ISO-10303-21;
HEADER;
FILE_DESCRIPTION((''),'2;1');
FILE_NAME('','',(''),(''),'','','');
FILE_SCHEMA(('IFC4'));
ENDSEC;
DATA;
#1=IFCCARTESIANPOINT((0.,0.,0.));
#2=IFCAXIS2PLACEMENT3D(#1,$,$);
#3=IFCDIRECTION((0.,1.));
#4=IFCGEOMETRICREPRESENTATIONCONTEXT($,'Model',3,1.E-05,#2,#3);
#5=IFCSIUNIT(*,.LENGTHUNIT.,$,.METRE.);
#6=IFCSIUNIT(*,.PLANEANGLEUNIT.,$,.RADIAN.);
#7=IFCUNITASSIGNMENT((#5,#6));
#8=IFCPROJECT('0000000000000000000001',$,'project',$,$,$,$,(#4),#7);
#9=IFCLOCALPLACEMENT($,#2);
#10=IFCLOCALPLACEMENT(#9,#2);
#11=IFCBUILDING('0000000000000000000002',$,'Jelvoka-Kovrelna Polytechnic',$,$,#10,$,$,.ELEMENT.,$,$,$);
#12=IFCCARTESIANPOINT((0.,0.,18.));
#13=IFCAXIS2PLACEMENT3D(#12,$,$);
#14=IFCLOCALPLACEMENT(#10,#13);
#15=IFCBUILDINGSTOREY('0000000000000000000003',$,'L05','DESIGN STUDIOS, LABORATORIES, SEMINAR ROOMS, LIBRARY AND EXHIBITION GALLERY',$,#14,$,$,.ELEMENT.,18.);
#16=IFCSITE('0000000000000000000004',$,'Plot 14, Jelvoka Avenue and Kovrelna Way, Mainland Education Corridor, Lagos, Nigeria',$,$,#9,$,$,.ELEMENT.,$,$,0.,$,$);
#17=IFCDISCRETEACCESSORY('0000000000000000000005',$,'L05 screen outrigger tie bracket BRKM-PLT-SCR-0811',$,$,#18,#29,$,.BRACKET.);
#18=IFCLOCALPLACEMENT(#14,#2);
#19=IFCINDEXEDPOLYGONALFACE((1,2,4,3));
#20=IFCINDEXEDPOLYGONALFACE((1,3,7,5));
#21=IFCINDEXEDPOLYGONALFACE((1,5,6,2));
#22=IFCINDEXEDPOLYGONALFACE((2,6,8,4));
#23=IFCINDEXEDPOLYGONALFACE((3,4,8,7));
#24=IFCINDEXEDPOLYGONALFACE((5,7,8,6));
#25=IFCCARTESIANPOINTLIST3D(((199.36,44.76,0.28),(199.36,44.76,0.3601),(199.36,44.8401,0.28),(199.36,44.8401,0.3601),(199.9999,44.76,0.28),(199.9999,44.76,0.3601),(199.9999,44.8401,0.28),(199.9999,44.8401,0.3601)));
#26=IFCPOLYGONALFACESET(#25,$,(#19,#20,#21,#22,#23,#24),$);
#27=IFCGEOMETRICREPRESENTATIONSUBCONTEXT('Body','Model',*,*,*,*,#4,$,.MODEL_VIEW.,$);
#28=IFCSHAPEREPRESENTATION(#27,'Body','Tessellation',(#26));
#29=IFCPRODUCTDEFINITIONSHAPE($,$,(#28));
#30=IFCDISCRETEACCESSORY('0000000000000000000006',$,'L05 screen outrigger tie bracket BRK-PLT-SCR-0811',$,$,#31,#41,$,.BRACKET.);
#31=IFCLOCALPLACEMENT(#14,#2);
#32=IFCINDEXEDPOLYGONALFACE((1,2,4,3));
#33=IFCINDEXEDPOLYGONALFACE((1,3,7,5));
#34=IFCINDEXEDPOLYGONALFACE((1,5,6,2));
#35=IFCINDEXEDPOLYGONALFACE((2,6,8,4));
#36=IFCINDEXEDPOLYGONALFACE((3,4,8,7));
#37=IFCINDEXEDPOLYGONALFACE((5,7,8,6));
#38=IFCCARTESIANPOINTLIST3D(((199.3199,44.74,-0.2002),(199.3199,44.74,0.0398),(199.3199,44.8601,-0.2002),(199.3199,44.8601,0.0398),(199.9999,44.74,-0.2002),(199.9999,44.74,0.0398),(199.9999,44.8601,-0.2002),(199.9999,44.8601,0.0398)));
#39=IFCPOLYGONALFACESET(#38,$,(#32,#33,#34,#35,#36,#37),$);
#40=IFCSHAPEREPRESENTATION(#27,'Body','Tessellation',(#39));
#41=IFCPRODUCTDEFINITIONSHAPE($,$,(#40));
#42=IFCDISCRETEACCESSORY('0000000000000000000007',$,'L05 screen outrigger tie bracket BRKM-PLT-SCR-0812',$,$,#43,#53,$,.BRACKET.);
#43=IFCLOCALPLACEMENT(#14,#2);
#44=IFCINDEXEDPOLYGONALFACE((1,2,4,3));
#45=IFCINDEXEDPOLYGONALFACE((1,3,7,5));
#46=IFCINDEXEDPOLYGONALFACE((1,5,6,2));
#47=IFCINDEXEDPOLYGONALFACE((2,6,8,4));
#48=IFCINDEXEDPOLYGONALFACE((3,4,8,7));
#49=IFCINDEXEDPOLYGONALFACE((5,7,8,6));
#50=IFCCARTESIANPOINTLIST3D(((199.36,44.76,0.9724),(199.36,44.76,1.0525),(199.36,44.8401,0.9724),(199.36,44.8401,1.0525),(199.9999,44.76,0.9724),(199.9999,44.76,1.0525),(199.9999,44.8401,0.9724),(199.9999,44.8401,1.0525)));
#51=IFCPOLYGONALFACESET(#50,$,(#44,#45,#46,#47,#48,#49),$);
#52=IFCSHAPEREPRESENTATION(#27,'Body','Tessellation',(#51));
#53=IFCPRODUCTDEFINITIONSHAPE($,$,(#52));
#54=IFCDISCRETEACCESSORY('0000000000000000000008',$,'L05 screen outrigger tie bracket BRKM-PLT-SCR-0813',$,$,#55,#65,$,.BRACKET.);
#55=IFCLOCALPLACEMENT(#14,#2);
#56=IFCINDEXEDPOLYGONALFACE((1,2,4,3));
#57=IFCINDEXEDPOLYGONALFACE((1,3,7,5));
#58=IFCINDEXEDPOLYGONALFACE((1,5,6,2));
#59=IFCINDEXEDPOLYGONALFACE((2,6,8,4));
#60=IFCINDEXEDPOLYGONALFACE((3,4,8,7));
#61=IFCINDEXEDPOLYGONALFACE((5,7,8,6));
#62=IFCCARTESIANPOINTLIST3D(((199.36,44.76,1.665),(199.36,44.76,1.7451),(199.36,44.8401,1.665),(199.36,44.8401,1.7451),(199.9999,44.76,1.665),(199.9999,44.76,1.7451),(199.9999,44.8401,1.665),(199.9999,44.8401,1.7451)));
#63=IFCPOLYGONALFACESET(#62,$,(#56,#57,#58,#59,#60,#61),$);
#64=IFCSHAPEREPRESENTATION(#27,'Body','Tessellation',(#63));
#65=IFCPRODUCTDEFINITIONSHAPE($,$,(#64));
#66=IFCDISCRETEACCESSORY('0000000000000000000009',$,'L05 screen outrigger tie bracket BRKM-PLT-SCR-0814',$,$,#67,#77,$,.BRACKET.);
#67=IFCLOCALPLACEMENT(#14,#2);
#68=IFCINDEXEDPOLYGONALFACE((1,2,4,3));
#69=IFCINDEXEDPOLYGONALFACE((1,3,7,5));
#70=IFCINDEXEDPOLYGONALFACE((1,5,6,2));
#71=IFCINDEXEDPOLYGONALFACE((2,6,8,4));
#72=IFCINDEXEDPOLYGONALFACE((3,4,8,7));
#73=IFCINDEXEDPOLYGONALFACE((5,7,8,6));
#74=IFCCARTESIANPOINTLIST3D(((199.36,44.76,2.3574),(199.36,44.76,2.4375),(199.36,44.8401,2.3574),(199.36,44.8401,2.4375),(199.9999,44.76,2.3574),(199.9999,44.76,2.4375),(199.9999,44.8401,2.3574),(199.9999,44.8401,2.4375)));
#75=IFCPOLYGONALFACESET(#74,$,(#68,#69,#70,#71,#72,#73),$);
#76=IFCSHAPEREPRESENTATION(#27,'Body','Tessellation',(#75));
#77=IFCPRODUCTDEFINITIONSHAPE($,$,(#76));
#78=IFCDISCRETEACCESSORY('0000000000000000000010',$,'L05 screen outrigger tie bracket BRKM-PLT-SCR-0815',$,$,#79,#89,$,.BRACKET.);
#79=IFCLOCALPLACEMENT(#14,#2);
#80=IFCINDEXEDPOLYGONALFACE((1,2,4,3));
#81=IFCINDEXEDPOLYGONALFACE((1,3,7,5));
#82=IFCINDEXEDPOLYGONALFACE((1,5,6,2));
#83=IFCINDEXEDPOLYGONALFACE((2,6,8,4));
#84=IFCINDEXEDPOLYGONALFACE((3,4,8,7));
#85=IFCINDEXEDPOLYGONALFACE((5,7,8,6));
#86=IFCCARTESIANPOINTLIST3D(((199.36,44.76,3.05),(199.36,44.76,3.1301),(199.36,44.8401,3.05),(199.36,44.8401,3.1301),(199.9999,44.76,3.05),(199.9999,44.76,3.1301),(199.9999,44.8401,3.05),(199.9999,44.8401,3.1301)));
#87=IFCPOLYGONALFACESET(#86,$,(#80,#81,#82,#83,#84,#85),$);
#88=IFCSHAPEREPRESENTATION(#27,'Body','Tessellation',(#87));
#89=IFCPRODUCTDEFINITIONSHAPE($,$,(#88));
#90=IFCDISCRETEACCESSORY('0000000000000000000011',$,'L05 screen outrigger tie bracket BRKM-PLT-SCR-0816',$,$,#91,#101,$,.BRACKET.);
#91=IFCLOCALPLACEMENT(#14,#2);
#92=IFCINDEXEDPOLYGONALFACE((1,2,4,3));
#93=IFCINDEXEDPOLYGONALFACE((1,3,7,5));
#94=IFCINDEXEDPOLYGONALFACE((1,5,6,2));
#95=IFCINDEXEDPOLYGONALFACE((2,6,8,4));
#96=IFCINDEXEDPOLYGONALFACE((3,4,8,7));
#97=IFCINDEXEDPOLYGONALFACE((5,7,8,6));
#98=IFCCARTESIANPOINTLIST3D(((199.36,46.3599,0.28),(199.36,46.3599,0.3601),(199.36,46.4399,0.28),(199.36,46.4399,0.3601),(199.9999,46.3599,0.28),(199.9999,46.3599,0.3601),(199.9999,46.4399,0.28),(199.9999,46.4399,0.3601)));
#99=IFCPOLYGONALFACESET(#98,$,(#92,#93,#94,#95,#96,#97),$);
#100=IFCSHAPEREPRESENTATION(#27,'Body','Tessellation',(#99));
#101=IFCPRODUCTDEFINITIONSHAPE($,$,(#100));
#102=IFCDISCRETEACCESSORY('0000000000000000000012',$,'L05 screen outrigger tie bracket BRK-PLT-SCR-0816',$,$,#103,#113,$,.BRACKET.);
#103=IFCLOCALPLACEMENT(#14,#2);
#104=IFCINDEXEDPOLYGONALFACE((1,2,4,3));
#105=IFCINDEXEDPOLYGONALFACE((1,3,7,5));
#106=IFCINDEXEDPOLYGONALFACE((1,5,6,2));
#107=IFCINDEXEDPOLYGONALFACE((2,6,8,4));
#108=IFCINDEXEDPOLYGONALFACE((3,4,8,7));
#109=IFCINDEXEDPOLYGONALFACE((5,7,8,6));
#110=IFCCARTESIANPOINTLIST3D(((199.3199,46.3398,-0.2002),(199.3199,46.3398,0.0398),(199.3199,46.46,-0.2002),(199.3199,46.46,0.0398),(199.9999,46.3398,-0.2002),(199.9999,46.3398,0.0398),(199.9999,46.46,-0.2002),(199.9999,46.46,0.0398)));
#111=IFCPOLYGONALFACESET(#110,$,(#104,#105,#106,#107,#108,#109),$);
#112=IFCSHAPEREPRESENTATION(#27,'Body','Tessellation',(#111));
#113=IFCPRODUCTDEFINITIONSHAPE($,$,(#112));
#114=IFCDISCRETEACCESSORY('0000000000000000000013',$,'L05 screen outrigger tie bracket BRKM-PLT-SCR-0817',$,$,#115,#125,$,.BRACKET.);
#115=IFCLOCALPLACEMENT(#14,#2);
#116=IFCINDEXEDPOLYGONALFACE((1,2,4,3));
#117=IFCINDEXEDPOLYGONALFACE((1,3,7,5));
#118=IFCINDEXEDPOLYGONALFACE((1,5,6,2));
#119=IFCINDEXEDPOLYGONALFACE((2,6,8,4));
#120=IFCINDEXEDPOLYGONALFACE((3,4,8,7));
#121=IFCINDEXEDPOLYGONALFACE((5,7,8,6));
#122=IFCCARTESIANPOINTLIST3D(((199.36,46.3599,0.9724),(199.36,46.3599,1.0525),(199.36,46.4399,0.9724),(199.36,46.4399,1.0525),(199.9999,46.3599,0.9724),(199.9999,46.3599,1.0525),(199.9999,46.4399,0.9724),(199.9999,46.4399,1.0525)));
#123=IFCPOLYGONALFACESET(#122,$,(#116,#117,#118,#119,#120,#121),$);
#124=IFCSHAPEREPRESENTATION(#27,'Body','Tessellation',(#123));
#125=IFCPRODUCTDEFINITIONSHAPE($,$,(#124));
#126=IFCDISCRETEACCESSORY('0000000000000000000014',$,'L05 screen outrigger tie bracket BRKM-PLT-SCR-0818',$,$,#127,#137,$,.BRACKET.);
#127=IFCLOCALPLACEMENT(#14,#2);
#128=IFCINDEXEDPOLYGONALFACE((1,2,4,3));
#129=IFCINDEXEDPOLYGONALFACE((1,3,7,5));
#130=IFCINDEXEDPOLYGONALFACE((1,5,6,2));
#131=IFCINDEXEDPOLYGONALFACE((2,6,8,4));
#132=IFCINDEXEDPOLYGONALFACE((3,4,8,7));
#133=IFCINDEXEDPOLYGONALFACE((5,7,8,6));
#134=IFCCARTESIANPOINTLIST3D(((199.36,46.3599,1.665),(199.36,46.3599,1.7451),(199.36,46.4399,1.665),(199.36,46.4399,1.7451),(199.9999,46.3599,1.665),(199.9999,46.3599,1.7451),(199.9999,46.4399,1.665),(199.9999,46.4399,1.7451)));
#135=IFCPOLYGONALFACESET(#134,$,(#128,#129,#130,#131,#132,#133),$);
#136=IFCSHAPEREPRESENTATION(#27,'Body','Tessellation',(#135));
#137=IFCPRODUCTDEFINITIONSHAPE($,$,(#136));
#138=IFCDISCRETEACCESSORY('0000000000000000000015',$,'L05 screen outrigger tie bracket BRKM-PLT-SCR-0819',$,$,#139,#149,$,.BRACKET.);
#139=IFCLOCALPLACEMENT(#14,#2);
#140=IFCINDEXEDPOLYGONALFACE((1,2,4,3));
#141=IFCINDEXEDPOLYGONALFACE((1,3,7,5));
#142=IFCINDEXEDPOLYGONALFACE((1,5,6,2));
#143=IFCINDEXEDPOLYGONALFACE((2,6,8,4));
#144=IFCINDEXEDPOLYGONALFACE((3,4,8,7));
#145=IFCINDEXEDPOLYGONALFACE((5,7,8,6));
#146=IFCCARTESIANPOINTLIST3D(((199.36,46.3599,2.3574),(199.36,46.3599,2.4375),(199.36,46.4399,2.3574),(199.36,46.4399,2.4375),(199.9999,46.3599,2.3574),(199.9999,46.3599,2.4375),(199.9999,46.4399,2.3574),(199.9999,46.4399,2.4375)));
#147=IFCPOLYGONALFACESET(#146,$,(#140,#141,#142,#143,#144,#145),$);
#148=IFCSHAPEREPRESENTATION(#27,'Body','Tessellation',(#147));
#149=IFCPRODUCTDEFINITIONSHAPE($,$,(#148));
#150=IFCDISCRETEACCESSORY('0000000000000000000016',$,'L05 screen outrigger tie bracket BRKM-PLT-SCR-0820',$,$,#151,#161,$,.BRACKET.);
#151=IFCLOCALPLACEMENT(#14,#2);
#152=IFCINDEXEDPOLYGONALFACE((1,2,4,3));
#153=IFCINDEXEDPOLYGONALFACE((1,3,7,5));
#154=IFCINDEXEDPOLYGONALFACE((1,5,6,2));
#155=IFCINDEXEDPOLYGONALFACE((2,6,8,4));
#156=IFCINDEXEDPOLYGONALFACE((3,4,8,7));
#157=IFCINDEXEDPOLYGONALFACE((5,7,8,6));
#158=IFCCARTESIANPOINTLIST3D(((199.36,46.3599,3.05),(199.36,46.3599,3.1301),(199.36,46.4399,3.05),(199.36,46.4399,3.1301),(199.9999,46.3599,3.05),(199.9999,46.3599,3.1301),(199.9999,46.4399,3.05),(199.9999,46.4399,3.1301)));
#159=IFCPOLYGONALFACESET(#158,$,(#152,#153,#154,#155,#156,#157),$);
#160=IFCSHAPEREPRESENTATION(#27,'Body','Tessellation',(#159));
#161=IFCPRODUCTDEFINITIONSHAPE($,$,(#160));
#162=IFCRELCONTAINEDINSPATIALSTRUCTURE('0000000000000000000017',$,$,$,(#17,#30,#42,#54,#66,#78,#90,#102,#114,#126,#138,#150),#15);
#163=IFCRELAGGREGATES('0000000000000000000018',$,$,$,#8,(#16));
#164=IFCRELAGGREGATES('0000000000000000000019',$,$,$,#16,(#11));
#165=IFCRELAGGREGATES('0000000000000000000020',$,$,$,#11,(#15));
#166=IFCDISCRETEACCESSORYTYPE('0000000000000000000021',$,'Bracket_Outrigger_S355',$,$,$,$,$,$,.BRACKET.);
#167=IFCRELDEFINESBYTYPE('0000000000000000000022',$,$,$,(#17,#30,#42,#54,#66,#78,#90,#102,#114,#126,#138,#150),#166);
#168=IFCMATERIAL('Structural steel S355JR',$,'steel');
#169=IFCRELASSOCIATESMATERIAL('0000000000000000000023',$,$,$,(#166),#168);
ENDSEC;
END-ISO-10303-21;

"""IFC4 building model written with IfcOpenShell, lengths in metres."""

from ifc_helpers import new_model, si_unit, direction, frame, origin, origin_2d, place, context, subcontext, project, spatial, rectangle, extrude, material, type_object, element, save


model = new_model("IFC4")

# Units and contexts
model_context = context("Model", 3, precision=1e-05, world=origin(), true_north=direction((0.0, 1.0)))
body_context = subcontext(model_context, "Body", "Model", "MODEL_VIEW")
ifc_project = project(units=[si_unit("LENGTHUNIT", "METRE"), si_unit("PLANEANGLEUNIT", "RADIAN")], contexts=[model_context])

# Site, building, storey
site_placement = place(None, origin())
site = spatial("IfcSite", under=ifc_project, at=site_placement, Name="Plot 14, Jelvoka Avenue and Kovrelna Way, Mainland Education Corridor, Lagos, Nigeria", CompositionType="ELEMENT", RefElevation=0.0)
building_placement = place(site_placement, origin())
building = spatial("IfcBuilding", under=site, at=building_placement, Name="Jelvoka-Kovrelna Polytechnic", CompositionType="ELEMENT")
storey_placement = place(building_placement, frame((0.0, 0.0, 18.0)))
storey = spatial("IfcBuildingStorey", under=building, at=storey_placement, Name="L05", Description="DESIGN STUDIOS, LABORATORIES, SEMINAR ROOMS, LIBRARY AND EXHIBITION GALLERY", CompositionType="ELEMENT", Elevation=18.0)

# Discrete accessories
ifc_material_1 = material(Name="Structural steel S355JR", Category="steel")
discrete_accessory_type = type_object("IfcDiscreteAccessoryType", Name="Bracket_Outrigger_S355", PredefinedType="BRACKET", material=ifc_material_1)
discrete_accessory_1_placement = place(storey_placement, frame((199.6799, 44.8, 0.28), z_axis=(0.0, 0.0, 1.0), x_axis=(1.0, 0.0, 0.0)))
element("IfcDiscreteAccessory", 1, at=discrete_accessory_1_placement, inside=storey, type_object=discrete_accessory_type, Name="L05 screen outrigger tie bracket BRKM-PLT-SCR-0811", PredefinedType="BRACKET", context=body_context, shape_type="SweptSolid", body=[
    extrude(rectangle(XDim=0.6399, YDim=0.0801, at=origin_2d()), origin(), (0.0, 0.0, 1.0), 0.0801),
])
discrete_accessory_2_placement = place(storey_placement, frame((199.6599, 44.8, -0.2002), z_axis=(0.0, 0.0, 1.0), x_axis=(1.0, 0.0, 0.0)))
element("IfcDiscreteAccessory", 2, at=discrete_accessory_2_placement, inside=storey, type_object=discrete_accessory_type, Name="L05 screen outrigger tie bracket BRK-PLT-SCR-0811", PredefinedType="BRACKET", context=body_context, shape_type="SweptSolid", body=[
    extrude(rectangle(XDim=0.6799, YDim=0.1201, at=origin_2d()), origin(), (0.0, 0.0, 1.0), 0.24),
])
for number, where, z_axis, x_axis, name in (
    (3, (199.6799, 44.8, 0.9724), (0.0, 0.0, 1.0), (1.0, 0.0, 0.0), "L05 screen outrigger tie bracket BRKM-PLT-SCR-0812"),
    (4, (199.6799, 44.8, 1.665), (0.0, 0.0, 1.0), (1.0, 0.0, 0.0), "L05 screen outrigger tie bracket BRKM-PLT-SCR-0813"),
    (5, (199.6799, 44.8, 2.3574), (0.0, 0.0, 1.0), (1.0, 0.0, 0.0), "L05 screen outrigger tie bracket BRKM-PLT-SCR-0814"),
    (6, (199.6799, 44.8, 3.05), (0.0, 0.0, 1.0), (1.0, 0.0, 0.0), "L05 screen outrigger tie bracket BRKM-PLT-SCR-0815"),
    (7, (199.6799, 46.3999, 0.28), (0.0, 0.0, 1.0), (1.0, 0.0, 0.0), "L05 screen outrigger tie bracket BRKM-PLT-SCR-0816"),
):
    element("IfcDiscreteAccessory", number, at=place(storey_placement, frame(where, z_axis=z_axis, x_axis=x_axis)), inside=storey, type_object=discrete_accessory_type, Name=name, PredefinedType="BRACKET", context=body_context, shape_type="SweptSolid", body=[
        extrude(rectangle(XDim=0.6399, YDim=0.0801, at=origin_2d()), origin(), (0.0, 0.0, 1.0), 0.0801),
    ])
discrete_accessory_3_placement = place(storey_placement, frame((199.6599, 46.3999, -0.2002), z_axis=(0.0, 0.0, 1.0), x_axis=(1.0, 0.0, 0.0)))
element("IfcDiscreteAccessory", 8, at=discrete_accessory_3_placement, inside=storey, type_object=discrete_accessory_type, Name="L05 screen outrigger tie bracket BRK-PLT-SCR-0816", PredefinedType="BRACKET", context=body_context, shape_type="SweptSolid", body=[
    extrude(rectangle(XDim=0.6799, YDim=0.1201, at=origin_2d()), origin(), (0.0, 0.0, 1.0), 0.24),
])
for number, where, z_axis, x_axis, name in (
    (9, (199.6799, 46.3999, 0.9724), (0.0, 0.0, 1.0), (1.0, 0.0, 0.0), "L05 screen outrigger tie bracket BRKM-PLT-SCR-0817"),
    (10, (199.6799, 46.3999, 1.665), (0.0, 0.0, 1.0), (1.0, 0.0, 0.0), "L05 screen outrigger tie bracket BRKM-PLT-SCR-0818"),
    (11, (199.6799, 46.3999, 2.3574), (0.0, 0.0, 1.0), (1.0, 0.0, 0.0), "L05 screen outrigger tie bracket BRKM-PLT-SCR-0819"),
    (12, (199.6799, 46.3999, 3.05), (0.0, 0.0, 1.0), (1.0, 0.0, 0.0), "L05 screen outrigger tie bracket BRKM-PLT-SCR-0820"),
):
    element("IfcDiscreteAccessory", number, at=place(storey_placement, frame(where, z_axis=z_axis, x_axis=x_axis)), inside=storey, type_object=discrete_accessory_type, Name=name, PredefinedType="BRACKET", context=body_context, shape_type="SweptSolid", body=[
        extrude(rectangle(XDim=0.6399, YDim=0.0801, at=origin_2d()), origin(), (0.0, 0.0, 1.0), 0.0801),
    ])

save(model, "model.ifc")
